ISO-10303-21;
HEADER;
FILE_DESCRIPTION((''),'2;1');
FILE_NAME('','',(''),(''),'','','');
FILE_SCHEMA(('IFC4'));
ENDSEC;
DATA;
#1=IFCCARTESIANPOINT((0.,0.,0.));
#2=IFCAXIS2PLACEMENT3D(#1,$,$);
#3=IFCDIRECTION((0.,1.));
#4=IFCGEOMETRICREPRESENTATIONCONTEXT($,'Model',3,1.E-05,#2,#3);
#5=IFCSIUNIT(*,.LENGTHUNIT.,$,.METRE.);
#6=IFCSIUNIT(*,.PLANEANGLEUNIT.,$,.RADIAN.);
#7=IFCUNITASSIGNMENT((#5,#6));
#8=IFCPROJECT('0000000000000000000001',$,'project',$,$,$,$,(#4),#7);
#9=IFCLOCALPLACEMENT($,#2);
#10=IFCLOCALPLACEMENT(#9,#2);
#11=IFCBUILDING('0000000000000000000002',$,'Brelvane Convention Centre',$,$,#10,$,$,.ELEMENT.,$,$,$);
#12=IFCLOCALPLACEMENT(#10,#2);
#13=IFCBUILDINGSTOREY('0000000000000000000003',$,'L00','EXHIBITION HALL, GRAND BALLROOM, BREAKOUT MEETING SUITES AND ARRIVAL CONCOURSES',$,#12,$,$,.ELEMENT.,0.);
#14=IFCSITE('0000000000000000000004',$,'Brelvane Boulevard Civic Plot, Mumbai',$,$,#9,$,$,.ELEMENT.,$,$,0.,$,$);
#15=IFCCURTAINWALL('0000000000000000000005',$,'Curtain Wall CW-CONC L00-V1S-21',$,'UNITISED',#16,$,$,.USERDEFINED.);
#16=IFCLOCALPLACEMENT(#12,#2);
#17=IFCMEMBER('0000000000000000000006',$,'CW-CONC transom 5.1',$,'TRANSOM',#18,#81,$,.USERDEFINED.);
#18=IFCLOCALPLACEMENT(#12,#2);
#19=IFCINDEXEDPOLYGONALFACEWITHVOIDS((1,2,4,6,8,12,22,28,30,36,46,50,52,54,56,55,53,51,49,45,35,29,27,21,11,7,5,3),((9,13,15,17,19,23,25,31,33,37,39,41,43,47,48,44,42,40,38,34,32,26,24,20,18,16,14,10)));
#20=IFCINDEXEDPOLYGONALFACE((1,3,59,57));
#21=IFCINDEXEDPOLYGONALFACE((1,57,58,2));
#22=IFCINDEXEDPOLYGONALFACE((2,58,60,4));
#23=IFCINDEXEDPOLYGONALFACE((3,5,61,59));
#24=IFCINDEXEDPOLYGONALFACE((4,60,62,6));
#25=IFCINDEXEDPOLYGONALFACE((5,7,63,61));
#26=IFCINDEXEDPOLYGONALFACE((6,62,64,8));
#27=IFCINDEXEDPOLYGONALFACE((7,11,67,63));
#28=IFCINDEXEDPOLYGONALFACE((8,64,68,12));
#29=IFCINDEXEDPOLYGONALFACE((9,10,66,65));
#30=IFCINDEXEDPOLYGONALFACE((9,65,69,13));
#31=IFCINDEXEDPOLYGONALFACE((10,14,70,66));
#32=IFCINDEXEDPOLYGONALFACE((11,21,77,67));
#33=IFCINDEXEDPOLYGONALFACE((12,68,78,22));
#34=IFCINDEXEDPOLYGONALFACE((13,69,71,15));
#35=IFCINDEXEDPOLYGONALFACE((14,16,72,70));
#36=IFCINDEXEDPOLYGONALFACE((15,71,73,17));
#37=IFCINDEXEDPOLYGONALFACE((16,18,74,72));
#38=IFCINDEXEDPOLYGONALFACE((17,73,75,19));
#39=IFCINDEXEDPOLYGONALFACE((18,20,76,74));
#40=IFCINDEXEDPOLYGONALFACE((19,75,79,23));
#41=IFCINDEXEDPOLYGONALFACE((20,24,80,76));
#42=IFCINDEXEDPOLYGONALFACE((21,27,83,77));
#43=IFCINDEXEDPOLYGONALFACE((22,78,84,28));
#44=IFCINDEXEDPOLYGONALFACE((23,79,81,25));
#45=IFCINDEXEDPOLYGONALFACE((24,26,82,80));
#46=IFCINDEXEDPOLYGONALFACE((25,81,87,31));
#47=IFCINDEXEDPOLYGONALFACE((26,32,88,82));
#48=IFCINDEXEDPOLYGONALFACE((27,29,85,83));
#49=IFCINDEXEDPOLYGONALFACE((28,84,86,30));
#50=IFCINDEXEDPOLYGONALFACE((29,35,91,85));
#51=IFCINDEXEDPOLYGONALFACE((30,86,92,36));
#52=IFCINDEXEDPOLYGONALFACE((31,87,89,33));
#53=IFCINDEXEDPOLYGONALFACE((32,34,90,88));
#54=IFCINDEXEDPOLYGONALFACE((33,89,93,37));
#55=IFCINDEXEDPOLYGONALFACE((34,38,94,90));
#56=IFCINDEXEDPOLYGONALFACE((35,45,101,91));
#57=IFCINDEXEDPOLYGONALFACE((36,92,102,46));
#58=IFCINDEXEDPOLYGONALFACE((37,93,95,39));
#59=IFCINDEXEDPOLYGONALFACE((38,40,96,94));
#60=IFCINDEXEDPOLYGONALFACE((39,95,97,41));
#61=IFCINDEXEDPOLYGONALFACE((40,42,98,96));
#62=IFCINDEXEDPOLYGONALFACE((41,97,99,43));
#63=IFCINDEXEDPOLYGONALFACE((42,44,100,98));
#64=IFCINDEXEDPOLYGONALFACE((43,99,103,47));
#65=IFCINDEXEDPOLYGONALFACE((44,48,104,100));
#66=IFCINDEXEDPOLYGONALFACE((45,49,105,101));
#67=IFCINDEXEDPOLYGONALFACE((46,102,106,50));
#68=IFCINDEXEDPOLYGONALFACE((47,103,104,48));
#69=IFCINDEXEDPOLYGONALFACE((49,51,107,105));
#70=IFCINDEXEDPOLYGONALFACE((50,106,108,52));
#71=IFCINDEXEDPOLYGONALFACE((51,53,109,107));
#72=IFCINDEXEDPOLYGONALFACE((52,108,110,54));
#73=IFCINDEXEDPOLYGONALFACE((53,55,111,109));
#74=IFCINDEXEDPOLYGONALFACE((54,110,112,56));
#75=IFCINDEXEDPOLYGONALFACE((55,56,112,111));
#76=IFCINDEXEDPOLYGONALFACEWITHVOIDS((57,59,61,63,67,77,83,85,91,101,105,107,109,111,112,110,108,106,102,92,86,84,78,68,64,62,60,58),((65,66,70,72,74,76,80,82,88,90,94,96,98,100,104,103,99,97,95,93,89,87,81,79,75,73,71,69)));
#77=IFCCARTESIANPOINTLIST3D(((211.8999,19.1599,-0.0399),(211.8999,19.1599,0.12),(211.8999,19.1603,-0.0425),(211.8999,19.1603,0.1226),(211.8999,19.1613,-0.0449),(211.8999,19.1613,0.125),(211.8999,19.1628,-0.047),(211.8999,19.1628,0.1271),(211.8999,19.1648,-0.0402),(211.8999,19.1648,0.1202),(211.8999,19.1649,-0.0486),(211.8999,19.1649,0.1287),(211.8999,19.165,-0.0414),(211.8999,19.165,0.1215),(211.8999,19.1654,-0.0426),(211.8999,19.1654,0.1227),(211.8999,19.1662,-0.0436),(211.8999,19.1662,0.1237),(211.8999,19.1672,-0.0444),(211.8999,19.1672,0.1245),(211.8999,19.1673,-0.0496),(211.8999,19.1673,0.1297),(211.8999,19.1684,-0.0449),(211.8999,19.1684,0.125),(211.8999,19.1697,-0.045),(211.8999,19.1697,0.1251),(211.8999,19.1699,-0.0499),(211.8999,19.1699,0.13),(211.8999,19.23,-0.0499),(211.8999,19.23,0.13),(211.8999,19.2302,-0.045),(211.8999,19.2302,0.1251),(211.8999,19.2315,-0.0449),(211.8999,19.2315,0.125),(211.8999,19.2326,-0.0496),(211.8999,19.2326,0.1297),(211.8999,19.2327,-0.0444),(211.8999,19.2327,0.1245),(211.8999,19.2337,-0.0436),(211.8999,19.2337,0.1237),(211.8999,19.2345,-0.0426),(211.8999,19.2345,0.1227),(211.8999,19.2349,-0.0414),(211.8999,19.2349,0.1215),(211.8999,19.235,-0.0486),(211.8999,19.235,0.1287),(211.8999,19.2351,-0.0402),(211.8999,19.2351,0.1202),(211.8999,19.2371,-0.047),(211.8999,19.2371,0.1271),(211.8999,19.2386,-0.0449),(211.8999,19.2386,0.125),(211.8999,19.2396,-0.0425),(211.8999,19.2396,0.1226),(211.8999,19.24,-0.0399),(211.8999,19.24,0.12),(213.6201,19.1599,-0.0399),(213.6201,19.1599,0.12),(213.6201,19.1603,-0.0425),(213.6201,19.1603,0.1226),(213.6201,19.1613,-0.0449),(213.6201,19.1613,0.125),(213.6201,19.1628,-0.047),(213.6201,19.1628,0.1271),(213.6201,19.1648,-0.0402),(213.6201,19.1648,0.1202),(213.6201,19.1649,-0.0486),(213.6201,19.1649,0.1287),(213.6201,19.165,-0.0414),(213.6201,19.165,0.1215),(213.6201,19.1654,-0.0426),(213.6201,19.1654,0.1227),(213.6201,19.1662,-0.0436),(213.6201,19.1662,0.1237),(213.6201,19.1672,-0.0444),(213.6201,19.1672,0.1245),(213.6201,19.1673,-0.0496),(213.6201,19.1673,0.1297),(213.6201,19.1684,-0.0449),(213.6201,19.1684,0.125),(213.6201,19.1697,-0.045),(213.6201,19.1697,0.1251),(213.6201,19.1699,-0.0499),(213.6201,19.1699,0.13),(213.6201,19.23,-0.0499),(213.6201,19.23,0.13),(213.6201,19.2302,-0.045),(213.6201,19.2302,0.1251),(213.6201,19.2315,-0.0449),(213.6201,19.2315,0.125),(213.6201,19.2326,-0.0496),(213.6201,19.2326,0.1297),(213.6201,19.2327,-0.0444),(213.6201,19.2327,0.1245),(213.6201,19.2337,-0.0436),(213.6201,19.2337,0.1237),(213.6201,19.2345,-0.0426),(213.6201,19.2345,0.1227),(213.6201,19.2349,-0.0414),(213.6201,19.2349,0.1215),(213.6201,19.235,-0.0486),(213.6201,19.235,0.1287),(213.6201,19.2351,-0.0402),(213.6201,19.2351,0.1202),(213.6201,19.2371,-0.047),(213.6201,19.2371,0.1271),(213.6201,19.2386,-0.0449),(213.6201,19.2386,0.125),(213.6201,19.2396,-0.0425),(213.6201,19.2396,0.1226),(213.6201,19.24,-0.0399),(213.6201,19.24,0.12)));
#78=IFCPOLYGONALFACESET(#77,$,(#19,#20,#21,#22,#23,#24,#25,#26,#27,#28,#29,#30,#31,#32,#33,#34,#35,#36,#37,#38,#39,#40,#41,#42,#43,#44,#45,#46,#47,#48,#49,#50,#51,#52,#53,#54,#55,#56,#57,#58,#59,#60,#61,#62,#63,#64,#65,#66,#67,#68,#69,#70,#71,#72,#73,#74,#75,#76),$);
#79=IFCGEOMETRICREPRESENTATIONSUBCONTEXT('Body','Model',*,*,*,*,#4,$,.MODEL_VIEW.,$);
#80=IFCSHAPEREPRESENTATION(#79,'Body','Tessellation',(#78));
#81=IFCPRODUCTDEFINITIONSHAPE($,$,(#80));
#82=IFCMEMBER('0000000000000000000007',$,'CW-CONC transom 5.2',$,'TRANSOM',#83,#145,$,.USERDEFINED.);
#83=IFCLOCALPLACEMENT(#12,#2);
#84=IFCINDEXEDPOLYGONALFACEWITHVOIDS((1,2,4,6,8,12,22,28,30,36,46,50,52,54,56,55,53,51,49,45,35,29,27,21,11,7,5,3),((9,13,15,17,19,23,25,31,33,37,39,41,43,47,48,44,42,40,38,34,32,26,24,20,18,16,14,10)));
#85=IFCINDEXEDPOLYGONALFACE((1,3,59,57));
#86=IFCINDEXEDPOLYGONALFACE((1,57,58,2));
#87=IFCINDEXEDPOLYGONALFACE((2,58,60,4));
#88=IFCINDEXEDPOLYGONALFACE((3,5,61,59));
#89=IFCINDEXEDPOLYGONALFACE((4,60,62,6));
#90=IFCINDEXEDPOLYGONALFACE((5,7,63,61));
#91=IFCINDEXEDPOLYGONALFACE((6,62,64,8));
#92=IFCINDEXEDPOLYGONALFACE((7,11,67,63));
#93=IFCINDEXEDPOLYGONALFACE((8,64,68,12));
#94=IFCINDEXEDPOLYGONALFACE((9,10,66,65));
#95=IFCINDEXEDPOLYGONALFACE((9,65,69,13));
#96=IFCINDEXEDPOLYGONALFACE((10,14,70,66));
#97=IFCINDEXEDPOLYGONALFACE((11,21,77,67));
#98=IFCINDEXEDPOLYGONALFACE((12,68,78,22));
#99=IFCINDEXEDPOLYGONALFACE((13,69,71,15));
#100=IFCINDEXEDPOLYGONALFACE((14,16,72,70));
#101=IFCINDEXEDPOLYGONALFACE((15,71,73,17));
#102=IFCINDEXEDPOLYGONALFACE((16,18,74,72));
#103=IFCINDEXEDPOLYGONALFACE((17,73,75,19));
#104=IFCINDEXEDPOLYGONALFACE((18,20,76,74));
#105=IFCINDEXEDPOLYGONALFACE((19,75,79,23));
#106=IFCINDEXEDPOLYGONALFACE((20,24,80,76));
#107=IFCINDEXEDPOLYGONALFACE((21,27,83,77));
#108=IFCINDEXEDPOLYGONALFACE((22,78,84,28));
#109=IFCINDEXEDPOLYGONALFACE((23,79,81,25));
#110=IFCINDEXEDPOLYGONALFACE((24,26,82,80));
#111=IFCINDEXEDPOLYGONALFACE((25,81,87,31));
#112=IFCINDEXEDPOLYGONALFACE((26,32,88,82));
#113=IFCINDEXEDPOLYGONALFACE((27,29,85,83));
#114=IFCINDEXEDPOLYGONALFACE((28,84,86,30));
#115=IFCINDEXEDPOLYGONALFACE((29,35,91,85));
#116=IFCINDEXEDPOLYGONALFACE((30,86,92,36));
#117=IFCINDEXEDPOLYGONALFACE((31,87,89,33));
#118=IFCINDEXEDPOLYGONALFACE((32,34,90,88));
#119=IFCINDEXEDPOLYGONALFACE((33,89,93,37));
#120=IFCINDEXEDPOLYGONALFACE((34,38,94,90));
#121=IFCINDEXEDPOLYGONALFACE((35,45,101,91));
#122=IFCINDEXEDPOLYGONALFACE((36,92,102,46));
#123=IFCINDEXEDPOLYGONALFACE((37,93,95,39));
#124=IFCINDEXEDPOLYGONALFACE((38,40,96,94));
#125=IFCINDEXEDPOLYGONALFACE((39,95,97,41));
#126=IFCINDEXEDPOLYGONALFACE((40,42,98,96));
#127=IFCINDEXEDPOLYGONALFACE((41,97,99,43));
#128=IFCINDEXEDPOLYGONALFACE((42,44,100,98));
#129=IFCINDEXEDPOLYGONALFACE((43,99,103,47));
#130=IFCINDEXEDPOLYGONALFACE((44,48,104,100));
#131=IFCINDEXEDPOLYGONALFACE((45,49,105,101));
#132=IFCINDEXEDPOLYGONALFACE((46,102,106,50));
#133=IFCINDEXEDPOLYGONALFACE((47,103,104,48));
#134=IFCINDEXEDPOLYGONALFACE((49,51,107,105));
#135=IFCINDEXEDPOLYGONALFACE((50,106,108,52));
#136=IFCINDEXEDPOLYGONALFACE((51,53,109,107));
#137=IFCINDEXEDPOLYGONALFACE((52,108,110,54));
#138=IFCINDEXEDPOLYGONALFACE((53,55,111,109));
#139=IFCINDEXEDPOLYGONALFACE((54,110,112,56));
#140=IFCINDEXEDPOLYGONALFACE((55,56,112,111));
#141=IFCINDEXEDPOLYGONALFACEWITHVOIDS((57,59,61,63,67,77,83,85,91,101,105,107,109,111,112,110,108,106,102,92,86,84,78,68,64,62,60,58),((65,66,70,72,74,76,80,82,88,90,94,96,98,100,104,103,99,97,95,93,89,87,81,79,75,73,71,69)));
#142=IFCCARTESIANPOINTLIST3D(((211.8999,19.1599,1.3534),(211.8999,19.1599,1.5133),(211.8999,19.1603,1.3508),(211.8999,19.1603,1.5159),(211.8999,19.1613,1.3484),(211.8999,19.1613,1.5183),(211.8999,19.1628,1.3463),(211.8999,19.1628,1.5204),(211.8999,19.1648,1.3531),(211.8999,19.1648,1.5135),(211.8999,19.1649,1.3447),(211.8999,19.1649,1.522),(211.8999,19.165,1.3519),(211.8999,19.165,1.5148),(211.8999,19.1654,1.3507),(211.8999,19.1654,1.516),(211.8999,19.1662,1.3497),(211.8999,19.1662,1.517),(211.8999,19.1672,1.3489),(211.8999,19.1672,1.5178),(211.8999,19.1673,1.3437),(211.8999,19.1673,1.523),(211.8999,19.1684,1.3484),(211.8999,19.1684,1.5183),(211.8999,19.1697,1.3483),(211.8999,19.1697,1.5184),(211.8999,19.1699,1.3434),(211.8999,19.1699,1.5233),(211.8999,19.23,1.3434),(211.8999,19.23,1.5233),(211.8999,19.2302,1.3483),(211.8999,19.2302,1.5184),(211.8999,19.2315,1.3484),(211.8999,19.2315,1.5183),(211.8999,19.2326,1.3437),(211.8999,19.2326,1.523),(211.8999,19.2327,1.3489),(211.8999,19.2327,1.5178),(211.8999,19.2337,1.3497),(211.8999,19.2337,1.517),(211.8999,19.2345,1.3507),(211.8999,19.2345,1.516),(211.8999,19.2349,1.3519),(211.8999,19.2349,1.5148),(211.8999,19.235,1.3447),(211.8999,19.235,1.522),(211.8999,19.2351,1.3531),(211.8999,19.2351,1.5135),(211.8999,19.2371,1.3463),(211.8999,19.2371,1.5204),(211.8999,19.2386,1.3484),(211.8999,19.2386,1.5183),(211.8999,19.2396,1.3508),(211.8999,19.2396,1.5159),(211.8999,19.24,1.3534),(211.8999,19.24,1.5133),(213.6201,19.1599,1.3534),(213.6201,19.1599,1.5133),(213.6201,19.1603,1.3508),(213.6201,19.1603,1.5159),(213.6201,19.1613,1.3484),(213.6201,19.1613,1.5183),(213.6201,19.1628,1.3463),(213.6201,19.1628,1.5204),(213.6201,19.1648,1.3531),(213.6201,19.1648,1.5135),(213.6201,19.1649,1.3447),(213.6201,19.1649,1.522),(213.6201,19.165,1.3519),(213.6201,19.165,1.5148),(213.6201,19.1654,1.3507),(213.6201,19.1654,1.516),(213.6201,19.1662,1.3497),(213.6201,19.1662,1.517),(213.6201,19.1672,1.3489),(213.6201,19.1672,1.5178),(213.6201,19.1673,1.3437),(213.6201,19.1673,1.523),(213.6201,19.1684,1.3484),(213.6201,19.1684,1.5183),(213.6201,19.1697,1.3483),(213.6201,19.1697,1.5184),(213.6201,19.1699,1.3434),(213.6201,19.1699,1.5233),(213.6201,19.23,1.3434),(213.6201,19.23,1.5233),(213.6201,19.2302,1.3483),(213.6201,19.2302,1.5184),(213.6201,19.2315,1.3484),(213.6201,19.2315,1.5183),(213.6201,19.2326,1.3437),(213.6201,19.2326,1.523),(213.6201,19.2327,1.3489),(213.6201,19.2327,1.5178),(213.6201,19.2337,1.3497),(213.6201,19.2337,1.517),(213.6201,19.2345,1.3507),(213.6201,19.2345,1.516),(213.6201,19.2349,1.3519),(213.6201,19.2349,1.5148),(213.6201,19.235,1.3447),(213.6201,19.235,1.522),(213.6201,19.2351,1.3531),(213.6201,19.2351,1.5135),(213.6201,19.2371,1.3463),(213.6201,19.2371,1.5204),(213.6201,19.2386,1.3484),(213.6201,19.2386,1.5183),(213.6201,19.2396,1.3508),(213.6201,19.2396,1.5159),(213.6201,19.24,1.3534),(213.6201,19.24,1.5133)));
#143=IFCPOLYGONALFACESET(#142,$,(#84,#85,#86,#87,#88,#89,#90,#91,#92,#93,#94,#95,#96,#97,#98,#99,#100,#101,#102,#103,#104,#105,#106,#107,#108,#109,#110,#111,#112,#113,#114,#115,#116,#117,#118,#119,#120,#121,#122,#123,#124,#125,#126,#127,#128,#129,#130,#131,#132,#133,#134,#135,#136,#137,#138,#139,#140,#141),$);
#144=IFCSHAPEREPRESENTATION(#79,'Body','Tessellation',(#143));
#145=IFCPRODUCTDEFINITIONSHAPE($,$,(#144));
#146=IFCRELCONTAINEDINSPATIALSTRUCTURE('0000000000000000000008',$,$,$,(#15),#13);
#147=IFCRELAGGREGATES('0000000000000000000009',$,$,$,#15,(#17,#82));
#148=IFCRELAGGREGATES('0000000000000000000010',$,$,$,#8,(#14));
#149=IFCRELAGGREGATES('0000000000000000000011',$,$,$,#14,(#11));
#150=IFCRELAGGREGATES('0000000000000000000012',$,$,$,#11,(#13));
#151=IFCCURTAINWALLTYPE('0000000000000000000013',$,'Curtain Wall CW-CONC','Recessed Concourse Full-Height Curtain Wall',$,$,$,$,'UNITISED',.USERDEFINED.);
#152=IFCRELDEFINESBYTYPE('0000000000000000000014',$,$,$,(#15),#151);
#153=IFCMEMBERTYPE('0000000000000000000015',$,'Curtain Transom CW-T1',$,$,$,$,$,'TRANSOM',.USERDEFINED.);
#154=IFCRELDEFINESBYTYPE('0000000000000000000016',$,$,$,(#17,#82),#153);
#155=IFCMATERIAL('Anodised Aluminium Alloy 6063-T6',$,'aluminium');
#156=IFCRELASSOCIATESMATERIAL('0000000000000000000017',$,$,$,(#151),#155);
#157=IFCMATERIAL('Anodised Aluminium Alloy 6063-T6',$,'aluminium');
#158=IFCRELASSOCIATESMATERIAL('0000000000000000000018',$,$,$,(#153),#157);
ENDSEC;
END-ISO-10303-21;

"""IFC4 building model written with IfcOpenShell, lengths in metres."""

from ifc_helpers import new_model, si_unit, direction, frame, origin, origin_2d, place, context, subcontext, project, spatial, hollow_rectangle, extrude, material, material_profile, profile_set, type_object, element, aggregate, save


model = new_model("IFC4")

# Units and contexts
model_context = context("Model", 3, precision=1e-05, world=origin(), true_north=direction((0.0, 1.0)))
body_context = subcontext(model_context, "Body", "Model", "MODEL_VIEW")
ifc_project = project(units=[si_unit("LENGTHUNIT", "METRE"), si_unit("PLANEANGLEUNIT", "RADIAN")], contexts=[model_context])

# Site, building, storey
site_placement = place(None, origin())
site = spatial("IfcSite", under=ifc_project, at=site_placement, Name="Brelvane Boulevard Civic Plot, Mumbai", CompositionType="ELEMENT", RefElevation=0.0)
building_placement = place(site_placement, origin())
building = spatial("IfcBuilding", under=site, at=building_placement, Name="Brelvane Convention Centre", CompositionType="ELEMENT")
storey_placement = place(building_placement, origin())
storey = spatial("IfcBuildingStorey", under=building, at=storey_placement, Name="L00", Description="EXHIBITION HALL, GRAND BALLROOM, BREAKOUT MEETING SUITES AND ARRIVAL CONCOURSES", CompositionType="ELEMENT", Elevation=0.0)

# Curtain wall, members
ifc_material_1 = material(Name="Anodised Aluminium Alloy 6063-T6", Category="aluminium")
curtain_wall_type = type_object("IfcCurtainWallType", Name="Curtain Wall CW-CONC", Description="Recessed Concourse Full-Height Curtain Wall", ElementType="UNITISED", PredefinedType="USERDEFINED", material=ifc_material_1)
curtain_wall_placement = place(storey_placement, origin())
curtain_wall = element("IfcCurtainWall", 1, at=curtain_wall_placement, inside=storey, type_object=curtain_wall_type, Name="Curtain Wall CW-CONC L00-V1S-21", ObjectType="UNITISED", PredefinedType="USERDEFINED")
ifc_material_2 = material(Name="Anodised Aluminium Alloy 6063-T6", Category="aluminium")
ifc_material_profile_1 = material_profile(ifc_material_2, hollow_rectangle(XDim=0.0801, YDim=0.1799, WallThickness=0.0049, InnerFilletRadius=0.0049, OuterFilletRadius=0.01, at=origin_2d()), Name="ALU-T 180x80x5.0")
ifc_profile_set_1 = profile_set([ifc_material_profile_1], Name="Anodised Aluminium Alloy 6063-T6")
member_type_1 = type_object("IfcMemberType", Name="Curtain Transom CW-T1", ElementType="TRANSOM", PredefinedType="USERDEFINED", material=ifc_profile_set_1)
member_1_placement = place(storey_placement, frame((211.8999, 19.2, 0.04), z_axis=(1.0, 0.0, 0.0), x_axis=(0.0, 1.0, 0.0)))
member_1 = element("IfcMember", 2, at=member_1_placement, type_object=member_type_1, Name="CW-CONC transom 5.1", ObjectType="TRANSOM", PredefinedType="USERDEFINED", context=body_context, shape_type="SweptSolid", body=[
    extrude(hollow_rectangle(XDim=0.0801, YDim=0.1799, WallThickness=0.0049, InnerFilletRadius=0.0049, OuterFilletRadius=0.01, at=origin_2d()), origin(), (0.0, 0.0, 1.0), 1.7202),
])
member_2_placement = place(storey_placement, frame((211.8999, 19.2, 1.4333), z_axis=(1.0, 0.0, 0.0), x_axis=(0.0, 1.0, 0.0)))
member_2 = element("IfcMember", 3, at=member_2_placement, type_object=member_type_1, Name="CW-CONC transom 5.2", ObjectType="TRANSOM", PredefinedType="USERDEFINED", context=body_context, shape_type="SweptSolid", body=[
    extrude(hollow_rectangle(XDim=0.0801, YDim=0.1799, WallThickness=0.0049, InnerFilletRadius=0.0049, OuterFilletRadius=0.01, at=origin_2d()), origin(), (0.0, 0.0, 1.0), 1.7202),
])
aggregate(curtain_wall, [member_1, member_2])

save(model, "model.ifc")
